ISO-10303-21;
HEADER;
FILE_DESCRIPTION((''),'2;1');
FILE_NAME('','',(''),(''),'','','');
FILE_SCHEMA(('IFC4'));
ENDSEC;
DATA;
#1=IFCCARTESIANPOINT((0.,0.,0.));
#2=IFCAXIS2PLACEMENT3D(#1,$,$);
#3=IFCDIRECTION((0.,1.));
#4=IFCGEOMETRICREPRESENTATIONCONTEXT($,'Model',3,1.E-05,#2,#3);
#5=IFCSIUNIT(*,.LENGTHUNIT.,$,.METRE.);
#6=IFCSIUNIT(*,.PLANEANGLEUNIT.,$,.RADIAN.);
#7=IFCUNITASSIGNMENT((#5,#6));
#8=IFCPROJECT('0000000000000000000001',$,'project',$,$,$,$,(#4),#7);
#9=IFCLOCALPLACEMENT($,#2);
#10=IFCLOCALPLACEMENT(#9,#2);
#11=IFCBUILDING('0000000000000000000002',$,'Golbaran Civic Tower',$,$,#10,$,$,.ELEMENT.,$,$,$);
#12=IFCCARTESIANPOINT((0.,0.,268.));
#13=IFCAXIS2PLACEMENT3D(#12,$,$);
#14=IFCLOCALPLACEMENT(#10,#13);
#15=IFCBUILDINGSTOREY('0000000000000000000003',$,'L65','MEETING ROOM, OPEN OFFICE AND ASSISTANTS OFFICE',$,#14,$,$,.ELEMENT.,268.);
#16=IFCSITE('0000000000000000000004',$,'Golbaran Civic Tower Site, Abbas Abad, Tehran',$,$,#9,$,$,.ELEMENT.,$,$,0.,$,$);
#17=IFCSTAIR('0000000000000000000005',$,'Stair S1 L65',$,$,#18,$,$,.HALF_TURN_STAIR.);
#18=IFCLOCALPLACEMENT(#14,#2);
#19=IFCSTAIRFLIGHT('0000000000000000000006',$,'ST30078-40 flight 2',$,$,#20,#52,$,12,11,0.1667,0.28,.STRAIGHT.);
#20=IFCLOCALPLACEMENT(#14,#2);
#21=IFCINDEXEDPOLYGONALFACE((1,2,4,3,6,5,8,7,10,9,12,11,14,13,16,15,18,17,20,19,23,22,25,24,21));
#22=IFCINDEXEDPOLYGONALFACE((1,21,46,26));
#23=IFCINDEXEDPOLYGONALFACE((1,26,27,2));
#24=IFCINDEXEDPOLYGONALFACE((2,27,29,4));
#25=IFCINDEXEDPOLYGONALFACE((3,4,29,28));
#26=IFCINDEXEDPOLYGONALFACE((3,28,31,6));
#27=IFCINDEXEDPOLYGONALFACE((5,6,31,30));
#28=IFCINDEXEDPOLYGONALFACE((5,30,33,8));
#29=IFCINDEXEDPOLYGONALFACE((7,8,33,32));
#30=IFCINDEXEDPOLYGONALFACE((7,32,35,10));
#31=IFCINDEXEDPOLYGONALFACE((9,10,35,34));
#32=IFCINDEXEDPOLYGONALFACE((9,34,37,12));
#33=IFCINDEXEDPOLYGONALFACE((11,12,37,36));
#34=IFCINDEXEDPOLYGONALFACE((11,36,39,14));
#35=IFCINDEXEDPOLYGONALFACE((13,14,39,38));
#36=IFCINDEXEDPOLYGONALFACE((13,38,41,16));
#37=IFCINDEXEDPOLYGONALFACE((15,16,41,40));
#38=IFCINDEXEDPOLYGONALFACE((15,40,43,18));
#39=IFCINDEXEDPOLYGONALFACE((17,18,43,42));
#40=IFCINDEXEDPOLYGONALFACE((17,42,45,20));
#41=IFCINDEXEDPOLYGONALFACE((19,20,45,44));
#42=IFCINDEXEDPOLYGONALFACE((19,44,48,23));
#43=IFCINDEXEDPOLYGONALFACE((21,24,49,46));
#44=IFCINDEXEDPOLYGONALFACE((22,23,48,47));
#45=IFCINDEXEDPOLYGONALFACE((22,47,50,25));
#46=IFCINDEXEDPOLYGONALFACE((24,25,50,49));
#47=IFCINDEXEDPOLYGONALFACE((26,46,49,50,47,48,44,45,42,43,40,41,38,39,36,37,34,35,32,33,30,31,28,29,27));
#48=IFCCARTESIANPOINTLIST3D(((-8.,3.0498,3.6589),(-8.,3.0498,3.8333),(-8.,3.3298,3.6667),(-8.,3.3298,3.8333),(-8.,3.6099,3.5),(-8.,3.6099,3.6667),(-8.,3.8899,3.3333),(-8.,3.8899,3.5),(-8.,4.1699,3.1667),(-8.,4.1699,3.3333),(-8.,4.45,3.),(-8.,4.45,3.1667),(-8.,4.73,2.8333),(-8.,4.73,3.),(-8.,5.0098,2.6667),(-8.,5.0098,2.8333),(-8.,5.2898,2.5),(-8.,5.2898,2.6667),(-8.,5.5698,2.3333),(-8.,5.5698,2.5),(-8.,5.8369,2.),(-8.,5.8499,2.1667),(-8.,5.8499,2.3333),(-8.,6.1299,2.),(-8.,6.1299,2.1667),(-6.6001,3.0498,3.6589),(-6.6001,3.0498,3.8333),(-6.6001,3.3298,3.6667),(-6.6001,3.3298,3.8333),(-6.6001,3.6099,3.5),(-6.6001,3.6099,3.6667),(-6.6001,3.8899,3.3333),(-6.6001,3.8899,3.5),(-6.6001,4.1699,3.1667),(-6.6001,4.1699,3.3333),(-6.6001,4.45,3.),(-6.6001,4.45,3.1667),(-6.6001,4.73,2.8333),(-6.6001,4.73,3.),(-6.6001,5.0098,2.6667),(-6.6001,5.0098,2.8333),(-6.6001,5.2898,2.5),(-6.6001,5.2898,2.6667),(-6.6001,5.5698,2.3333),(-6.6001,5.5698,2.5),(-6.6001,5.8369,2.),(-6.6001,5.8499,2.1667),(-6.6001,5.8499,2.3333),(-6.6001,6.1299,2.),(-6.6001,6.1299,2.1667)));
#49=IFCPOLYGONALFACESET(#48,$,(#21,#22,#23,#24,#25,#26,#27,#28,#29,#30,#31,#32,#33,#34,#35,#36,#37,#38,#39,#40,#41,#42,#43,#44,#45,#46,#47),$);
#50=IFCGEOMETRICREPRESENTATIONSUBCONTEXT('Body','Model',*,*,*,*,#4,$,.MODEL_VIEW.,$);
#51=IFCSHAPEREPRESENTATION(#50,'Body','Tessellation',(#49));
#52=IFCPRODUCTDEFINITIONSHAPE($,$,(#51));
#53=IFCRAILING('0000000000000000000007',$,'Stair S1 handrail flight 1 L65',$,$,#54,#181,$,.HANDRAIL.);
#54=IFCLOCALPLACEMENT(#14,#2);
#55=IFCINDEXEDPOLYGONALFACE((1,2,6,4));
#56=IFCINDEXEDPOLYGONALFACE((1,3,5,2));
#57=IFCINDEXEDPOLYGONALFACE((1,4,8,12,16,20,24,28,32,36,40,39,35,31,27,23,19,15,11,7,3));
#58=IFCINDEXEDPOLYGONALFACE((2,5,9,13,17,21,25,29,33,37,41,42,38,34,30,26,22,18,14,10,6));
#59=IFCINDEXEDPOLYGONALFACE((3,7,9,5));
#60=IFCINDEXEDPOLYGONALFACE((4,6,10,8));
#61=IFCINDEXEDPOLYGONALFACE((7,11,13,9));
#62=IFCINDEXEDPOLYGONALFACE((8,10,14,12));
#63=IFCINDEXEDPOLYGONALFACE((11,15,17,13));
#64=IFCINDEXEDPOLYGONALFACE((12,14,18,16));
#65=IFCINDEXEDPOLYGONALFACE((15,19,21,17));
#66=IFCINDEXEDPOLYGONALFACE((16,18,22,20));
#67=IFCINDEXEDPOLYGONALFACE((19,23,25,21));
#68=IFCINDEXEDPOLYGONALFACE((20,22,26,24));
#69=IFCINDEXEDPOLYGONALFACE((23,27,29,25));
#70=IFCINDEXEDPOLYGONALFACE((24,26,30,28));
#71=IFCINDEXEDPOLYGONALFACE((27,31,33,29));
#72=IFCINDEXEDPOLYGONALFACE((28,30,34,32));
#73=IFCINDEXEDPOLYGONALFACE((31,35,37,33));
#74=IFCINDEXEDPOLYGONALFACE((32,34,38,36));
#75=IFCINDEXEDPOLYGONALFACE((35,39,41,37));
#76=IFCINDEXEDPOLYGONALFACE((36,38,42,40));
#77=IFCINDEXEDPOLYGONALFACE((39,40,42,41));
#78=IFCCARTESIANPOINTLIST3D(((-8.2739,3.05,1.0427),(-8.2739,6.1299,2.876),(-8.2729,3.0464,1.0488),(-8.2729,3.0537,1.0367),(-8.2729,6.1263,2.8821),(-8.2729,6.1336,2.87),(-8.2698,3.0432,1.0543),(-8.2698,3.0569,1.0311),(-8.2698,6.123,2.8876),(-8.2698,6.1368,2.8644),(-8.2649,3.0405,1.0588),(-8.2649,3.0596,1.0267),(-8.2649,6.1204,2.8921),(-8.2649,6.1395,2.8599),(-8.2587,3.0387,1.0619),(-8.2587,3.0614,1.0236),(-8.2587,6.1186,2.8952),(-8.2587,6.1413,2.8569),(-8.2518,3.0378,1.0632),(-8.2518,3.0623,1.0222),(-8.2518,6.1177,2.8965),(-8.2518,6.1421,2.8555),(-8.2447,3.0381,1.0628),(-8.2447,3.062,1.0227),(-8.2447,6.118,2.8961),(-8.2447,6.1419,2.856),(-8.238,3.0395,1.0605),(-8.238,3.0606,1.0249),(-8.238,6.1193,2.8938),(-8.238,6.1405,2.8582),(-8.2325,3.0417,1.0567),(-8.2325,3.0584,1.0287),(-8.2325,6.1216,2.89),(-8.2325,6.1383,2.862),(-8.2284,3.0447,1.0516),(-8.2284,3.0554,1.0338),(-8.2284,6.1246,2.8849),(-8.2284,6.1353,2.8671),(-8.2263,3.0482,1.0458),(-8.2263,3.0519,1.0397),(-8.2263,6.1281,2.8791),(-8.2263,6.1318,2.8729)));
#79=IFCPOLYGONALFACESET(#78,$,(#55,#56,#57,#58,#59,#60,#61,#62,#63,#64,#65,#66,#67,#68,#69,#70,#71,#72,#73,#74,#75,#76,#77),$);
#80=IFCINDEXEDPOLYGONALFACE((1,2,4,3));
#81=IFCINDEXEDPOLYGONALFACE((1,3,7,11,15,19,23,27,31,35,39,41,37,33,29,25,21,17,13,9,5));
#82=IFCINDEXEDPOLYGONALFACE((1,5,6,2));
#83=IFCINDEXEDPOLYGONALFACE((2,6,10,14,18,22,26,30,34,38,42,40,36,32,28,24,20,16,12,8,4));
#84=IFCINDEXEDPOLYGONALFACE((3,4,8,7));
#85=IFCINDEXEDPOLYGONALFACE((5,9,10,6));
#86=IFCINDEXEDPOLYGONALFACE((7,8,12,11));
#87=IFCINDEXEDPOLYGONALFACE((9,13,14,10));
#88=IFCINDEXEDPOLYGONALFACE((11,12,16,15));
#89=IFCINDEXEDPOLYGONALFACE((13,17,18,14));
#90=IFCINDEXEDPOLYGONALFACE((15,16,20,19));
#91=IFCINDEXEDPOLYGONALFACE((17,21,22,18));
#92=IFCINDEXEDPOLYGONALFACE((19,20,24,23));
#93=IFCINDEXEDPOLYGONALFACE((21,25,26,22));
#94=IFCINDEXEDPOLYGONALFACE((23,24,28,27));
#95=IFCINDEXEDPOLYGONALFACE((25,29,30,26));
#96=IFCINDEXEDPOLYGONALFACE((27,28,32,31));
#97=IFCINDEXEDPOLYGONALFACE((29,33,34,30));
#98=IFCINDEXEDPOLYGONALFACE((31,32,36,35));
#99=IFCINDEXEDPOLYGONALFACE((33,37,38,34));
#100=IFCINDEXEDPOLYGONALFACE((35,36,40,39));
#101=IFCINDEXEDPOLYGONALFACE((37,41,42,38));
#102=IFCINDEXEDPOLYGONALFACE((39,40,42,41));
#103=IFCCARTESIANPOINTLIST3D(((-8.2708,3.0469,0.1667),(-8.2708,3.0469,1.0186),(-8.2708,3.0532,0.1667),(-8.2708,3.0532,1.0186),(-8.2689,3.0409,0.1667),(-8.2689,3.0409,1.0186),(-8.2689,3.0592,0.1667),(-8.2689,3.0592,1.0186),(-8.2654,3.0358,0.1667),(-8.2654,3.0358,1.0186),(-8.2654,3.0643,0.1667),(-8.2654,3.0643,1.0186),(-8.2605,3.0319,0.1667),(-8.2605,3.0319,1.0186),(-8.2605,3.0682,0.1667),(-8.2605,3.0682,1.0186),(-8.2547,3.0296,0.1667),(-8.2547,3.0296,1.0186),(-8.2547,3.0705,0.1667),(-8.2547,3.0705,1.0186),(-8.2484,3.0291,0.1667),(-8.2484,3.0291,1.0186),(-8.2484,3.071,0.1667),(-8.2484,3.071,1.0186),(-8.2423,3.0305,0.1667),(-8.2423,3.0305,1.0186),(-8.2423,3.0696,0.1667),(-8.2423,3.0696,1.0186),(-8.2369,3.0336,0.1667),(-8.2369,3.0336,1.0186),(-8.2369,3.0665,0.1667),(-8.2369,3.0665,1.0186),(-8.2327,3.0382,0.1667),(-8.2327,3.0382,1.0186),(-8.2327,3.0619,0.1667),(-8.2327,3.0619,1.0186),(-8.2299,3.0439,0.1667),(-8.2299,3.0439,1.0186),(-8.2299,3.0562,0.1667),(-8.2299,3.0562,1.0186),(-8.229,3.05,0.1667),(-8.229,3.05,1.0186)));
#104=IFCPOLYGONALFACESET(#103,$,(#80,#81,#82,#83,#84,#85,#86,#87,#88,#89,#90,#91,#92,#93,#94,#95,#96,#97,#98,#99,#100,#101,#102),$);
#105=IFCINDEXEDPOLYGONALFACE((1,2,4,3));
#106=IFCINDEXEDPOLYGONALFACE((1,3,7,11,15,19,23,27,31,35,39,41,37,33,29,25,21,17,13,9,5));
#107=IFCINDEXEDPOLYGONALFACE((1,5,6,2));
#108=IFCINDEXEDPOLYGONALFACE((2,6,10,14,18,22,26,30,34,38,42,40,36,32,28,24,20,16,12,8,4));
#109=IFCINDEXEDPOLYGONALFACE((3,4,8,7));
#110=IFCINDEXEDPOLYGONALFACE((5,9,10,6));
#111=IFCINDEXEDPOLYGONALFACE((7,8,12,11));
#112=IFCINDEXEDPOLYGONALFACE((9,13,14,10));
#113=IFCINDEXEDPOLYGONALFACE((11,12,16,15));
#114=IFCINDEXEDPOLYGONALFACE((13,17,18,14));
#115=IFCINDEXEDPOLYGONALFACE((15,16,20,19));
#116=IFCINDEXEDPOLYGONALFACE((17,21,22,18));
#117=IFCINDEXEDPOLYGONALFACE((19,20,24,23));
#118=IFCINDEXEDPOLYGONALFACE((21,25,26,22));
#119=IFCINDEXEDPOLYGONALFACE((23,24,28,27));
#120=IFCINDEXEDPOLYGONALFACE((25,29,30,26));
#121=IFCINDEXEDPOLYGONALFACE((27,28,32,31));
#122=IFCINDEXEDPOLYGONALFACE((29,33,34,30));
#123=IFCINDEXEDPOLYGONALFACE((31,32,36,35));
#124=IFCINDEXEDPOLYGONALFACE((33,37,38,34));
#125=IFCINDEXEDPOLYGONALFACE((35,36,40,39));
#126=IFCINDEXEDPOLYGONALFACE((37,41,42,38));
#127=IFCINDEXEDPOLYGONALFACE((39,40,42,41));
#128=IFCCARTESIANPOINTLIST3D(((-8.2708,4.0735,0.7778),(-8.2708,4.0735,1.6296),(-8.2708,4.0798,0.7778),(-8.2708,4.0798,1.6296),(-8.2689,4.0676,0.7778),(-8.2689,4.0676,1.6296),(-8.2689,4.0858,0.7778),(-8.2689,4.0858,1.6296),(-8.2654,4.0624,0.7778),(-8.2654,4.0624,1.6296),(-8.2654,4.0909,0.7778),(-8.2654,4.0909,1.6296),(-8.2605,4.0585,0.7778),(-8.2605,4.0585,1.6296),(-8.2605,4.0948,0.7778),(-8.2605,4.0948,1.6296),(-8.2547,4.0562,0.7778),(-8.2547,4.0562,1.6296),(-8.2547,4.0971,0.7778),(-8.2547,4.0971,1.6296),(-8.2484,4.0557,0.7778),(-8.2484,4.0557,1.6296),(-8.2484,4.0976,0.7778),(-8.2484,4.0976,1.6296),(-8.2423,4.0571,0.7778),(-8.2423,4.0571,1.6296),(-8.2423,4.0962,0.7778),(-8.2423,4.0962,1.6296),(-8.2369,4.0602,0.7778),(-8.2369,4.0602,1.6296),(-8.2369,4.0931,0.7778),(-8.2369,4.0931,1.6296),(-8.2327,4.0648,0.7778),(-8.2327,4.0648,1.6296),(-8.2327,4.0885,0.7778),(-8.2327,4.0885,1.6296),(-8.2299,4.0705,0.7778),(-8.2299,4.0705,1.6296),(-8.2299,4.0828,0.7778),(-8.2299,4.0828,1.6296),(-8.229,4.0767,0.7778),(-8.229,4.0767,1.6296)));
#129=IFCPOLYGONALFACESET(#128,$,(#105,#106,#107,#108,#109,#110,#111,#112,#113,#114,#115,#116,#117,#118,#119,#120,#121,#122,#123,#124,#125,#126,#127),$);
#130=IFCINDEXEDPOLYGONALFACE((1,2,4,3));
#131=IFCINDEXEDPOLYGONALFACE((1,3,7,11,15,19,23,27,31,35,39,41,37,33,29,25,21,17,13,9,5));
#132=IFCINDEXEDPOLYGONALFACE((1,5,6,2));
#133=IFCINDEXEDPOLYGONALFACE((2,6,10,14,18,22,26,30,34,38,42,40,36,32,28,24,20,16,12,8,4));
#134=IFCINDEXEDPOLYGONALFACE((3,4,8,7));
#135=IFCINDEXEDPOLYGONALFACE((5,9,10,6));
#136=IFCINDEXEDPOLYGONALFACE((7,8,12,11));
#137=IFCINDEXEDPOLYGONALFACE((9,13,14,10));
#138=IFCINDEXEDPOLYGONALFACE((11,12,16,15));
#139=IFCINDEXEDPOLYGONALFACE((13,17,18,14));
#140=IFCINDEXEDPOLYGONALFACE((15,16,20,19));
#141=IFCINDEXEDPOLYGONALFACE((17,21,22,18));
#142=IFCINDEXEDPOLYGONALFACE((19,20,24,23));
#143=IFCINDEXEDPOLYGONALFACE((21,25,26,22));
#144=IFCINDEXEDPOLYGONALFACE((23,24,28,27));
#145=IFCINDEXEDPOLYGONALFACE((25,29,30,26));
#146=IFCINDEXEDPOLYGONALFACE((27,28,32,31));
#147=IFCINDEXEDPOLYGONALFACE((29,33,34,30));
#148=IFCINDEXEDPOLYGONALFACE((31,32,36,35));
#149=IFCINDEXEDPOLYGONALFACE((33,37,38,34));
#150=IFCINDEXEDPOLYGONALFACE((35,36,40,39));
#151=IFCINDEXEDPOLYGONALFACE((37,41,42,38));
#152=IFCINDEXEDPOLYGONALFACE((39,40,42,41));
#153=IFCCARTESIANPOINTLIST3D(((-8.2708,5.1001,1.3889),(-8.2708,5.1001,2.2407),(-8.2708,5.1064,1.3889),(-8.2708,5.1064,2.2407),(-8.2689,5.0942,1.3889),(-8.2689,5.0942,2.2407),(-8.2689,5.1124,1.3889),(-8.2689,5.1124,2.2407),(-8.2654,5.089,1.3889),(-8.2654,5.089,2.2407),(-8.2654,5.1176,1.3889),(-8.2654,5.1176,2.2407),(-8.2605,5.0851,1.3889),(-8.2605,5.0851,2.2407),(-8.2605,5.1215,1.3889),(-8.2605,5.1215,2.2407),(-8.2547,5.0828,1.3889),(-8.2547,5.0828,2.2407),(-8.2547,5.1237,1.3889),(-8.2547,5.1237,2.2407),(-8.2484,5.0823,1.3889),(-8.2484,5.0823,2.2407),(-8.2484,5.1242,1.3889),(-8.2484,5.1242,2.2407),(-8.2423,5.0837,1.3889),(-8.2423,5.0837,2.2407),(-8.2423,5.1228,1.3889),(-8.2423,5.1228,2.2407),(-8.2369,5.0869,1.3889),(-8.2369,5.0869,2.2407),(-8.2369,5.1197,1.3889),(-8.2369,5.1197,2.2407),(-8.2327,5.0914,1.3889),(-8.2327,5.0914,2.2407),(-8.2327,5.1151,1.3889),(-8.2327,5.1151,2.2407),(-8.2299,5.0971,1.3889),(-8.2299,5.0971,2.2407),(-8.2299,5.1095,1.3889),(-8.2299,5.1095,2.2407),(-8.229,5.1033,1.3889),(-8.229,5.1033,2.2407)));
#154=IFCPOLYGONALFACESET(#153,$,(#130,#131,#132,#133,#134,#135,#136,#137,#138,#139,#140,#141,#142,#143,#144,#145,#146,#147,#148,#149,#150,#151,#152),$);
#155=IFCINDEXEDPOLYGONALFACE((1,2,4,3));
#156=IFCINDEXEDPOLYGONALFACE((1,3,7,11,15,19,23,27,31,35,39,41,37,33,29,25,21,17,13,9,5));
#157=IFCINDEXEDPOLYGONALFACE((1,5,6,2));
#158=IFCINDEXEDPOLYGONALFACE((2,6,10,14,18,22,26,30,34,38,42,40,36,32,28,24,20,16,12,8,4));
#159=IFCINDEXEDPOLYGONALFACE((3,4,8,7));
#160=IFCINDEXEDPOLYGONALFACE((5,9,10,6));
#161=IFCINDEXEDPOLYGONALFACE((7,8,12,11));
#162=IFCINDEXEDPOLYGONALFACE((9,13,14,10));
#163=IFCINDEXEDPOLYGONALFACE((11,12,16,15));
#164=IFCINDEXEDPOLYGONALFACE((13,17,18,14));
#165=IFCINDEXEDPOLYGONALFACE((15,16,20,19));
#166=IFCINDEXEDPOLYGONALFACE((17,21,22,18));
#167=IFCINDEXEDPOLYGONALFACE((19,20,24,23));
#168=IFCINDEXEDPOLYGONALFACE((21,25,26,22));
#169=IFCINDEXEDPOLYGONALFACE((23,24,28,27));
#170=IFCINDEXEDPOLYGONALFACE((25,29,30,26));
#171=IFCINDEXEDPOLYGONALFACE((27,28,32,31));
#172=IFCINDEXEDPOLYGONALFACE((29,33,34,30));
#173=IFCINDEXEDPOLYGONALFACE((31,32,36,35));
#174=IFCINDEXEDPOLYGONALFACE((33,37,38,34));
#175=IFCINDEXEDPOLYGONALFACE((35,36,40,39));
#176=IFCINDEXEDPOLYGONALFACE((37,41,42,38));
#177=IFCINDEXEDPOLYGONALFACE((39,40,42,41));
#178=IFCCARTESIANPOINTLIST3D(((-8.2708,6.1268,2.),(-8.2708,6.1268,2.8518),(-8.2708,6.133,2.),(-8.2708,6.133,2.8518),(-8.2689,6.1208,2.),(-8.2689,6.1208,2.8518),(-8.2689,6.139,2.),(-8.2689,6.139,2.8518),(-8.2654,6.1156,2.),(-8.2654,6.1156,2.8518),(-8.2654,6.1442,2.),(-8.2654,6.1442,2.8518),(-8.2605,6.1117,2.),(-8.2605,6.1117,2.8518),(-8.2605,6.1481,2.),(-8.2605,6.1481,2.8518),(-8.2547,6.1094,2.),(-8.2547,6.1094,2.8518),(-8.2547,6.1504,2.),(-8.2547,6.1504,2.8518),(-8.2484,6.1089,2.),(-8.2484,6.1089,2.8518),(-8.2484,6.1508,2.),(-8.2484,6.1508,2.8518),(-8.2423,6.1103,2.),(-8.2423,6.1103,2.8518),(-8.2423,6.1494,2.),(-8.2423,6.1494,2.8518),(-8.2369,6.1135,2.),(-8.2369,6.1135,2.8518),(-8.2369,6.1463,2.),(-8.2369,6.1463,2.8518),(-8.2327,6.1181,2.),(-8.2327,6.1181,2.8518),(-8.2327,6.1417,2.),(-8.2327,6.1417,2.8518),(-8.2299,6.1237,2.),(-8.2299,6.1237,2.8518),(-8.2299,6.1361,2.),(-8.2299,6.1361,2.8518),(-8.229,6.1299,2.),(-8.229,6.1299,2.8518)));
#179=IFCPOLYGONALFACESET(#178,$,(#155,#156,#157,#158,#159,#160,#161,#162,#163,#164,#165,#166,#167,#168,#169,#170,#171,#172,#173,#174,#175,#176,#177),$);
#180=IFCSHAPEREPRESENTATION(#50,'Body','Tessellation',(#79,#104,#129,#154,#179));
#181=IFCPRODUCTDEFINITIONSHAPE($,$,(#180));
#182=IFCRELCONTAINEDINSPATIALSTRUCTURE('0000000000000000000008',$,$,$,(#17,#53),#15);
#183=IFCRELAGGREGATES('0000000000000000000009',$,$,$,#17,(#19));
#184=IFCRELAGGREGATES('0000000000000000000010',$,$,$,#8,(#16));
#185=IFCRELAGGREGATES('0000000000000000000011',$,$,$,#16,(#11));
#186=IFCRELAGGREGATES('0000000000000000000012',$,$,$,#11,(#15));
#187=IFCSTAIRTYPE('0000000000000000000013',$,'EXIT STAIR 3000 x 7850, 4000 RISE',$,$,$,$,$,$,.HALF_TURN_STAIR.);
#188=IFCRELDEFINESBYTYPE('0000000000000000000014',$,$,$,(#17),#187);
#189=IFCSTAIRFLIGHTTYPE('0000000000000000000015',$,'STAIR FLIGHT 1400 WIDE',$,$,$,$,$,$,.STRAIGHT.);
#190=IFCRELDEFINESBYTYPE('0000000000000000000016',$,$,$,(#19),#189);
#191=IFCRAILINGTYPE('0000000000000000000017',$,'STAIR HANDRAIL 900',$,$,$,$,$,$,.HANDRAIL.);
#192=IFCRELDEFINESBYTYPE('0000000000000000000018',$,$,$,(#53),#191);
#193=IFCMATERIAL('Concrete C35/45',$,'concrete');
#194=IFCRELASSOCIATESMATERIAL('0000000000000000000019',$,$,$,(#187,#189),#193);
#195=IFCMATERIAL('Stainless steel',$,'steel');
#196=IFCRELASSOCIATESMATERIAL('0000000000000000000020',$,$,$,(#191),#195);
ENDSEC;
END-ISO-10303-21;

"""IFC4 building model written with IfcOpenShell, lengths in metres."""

from ifc_helpers import new_model, si_unit, direction, frame, origin, origin_2d, place, context, subcontext, project, spatial, polyline, circle, outline, extrude, material, type_object, element, aggregate, save


model = new_model("IFC4")

# Units and contexts
model_context = context("Model", 3, precision=1e-05, world=origin(), true_north=direction((0.0, 1.0)))
body_context = subcontext(model_context, "Body", "Model", "MODEL_VIEW")
ifc_project = project(units=[si_unit("LENGTHUNIT", "METRE"), si_unit("PLANEANGLEUNIT", "RADIAN")], contexts=[model_context])

# Site, building, storey
site_placement = place(None, origin())
site = spatial("IfcSite", under=ifc_project, at=site_placement, Name="Golbaran Civic Tower Site, Abbas Abad, Tehran", CompositionType="ELEMENT", RefElevation=0.0)
building_placement = place(site_placement, origin())
building = spatial("IfcBuilding", under=site, at=building_placement, Name="Golbaran Civic Tower", CompositionType="ELEMENT")
storey_placement = place(building_placement, frame((0.0, 0.0, 268.0)))
storey = spatial("IfcBuildingStorey", under=building, at=storey_placement, Name="L65", Description="MEETING ROOM, OPEN OFFICE AND ASSISTANTS OFFICE", CompositionType="ELEMENT", Elevation=268.0)

# Shared definitions
ifc_material_1 = material(Name="Stainless steel", Category="steel")

# Stair, stair flight
ifc_material_2 = material(Name="Concrete C35/45", Category="concrete")
stair_type = type_object("IfcStairType", Name="EXIT STAIR 3000 x 7850, 4000 RISE", PredefinedType="HALF_TURN_STAIR", material=ifc_material_2)
stair_placement = place(storey_placement, origin())
stair = element("IfcStair", 1, at=stair_placement, inside=storey, type_object=stair_type, Name="Stair S1 L65", PredefinedType="HALF_TURN_STAIR")
stair_flight_type = type_object("IfcStairFlightType", Name="STAIR FLIGHT 1400 WIDE", PredefinedType="STRAIGHT", material=ifc_material_2)
stair_flight_1_placement = place(storey_placement, frame((-7.3, 6.1299, 2.0), z_axis=(0.0, 0.0, 1.0), x_axis=(0.0, -1.0, 0.0)))
stair_flight_1 = element("IfcStairFlight", 2, at=stair_flight_1_placement, type_object=stair_flight_type, Name="ST30078-40 flight 2", NumberOfRisers=12, NumberOfTreads=11, PredefinedType="STRAIGHT", RiserHeight=0.1667, TreadLength=0.28, context=body_context, shape_type="SweptSolid", body=[
    extrude(outline(polyline([(0.0, 0.0), (0.0, 0.1667), (0.28, 0.1667), (0.28, 0.3333), (0.5601, 0.3333), (0.5601, 0.5), (0.8401, 0.5), (0.8401, 0.6667), (1.1201, 0.6667), (1.1201, 0.8333), (1.3999, 0.8333), (1.3999, 1.0), (1.6799, 1.0), (1.6799, 1.1667), (1.96, 1.1667), (1.96, 1.3333), (2.24, 1.3333), (2.24, 1.5), (2.52, 1.5), (2.52, 1.6667), (2.8, 1.6667), (2.8, 1.8333), (3.0801, 1.8333), (3.0801, 2.0), (3.0801, 1.6589), (0.293, 0.0), (0.0, 0.0)])), frame((0.0, 0.7, 0.0), z_axis=(0.0, -1.0, 0.0), x_axis=(1.0, 0.0, 0.0)), (0.0, 0.0, 1.0), 1.3999),
])
aggregate(stair, [stair_flight_1])

# Railing
railing_type = type_object("IfcRailingType", Name="STAIR HANDRAIL 900", PredefinedType="HANDRAIL", material=ifc_material_1)
railing_1_placement = place(storey_placement, frame((-8.25, 3.05, 0.1667)))
element("IfcRailing", 3, at=railing_1_placement, inside=storey, type_object=railing_type, Name="Stair S1 handrail flight 1 L65", PredefinedType="HANDRAIL", context=body_context, shape_type="SweptSolid", body=[
    extrude(circle(Radius=0.0239, at=origin_2d()), frame((0.0, 0.0, 0.876), z_axis=(0.0, 0.859291, 0.511487), x_axis=(-1.0, 0.0, 0.0)), (0.0, 0.0, 1.0), 3.5842),
    extrude(circle(Radius=0.021, at=origin_2d()), origin(), (0.0, 0.0, 1.0), 0.8518),
    extrude(circle(Radius=0.021, at=origin_2d()), frame((0.0, 1.0266, 0.6111)), (0.0, 0.0, 1.0), 0.8518),
    extrude(circle(Radius=0.021, at=origin_2d()), frame((0.0, 2.0532, 1.2222)), (0.0, 0.0, 1.0), 0.8518),
    extrude(circle(Radius=0.021, at=origin_2d()), frame((0.0, 3.0798, 1.8333)), (0.0, 0.0, 1.0), 0.8518),
])

save(model, "model.ifc")
